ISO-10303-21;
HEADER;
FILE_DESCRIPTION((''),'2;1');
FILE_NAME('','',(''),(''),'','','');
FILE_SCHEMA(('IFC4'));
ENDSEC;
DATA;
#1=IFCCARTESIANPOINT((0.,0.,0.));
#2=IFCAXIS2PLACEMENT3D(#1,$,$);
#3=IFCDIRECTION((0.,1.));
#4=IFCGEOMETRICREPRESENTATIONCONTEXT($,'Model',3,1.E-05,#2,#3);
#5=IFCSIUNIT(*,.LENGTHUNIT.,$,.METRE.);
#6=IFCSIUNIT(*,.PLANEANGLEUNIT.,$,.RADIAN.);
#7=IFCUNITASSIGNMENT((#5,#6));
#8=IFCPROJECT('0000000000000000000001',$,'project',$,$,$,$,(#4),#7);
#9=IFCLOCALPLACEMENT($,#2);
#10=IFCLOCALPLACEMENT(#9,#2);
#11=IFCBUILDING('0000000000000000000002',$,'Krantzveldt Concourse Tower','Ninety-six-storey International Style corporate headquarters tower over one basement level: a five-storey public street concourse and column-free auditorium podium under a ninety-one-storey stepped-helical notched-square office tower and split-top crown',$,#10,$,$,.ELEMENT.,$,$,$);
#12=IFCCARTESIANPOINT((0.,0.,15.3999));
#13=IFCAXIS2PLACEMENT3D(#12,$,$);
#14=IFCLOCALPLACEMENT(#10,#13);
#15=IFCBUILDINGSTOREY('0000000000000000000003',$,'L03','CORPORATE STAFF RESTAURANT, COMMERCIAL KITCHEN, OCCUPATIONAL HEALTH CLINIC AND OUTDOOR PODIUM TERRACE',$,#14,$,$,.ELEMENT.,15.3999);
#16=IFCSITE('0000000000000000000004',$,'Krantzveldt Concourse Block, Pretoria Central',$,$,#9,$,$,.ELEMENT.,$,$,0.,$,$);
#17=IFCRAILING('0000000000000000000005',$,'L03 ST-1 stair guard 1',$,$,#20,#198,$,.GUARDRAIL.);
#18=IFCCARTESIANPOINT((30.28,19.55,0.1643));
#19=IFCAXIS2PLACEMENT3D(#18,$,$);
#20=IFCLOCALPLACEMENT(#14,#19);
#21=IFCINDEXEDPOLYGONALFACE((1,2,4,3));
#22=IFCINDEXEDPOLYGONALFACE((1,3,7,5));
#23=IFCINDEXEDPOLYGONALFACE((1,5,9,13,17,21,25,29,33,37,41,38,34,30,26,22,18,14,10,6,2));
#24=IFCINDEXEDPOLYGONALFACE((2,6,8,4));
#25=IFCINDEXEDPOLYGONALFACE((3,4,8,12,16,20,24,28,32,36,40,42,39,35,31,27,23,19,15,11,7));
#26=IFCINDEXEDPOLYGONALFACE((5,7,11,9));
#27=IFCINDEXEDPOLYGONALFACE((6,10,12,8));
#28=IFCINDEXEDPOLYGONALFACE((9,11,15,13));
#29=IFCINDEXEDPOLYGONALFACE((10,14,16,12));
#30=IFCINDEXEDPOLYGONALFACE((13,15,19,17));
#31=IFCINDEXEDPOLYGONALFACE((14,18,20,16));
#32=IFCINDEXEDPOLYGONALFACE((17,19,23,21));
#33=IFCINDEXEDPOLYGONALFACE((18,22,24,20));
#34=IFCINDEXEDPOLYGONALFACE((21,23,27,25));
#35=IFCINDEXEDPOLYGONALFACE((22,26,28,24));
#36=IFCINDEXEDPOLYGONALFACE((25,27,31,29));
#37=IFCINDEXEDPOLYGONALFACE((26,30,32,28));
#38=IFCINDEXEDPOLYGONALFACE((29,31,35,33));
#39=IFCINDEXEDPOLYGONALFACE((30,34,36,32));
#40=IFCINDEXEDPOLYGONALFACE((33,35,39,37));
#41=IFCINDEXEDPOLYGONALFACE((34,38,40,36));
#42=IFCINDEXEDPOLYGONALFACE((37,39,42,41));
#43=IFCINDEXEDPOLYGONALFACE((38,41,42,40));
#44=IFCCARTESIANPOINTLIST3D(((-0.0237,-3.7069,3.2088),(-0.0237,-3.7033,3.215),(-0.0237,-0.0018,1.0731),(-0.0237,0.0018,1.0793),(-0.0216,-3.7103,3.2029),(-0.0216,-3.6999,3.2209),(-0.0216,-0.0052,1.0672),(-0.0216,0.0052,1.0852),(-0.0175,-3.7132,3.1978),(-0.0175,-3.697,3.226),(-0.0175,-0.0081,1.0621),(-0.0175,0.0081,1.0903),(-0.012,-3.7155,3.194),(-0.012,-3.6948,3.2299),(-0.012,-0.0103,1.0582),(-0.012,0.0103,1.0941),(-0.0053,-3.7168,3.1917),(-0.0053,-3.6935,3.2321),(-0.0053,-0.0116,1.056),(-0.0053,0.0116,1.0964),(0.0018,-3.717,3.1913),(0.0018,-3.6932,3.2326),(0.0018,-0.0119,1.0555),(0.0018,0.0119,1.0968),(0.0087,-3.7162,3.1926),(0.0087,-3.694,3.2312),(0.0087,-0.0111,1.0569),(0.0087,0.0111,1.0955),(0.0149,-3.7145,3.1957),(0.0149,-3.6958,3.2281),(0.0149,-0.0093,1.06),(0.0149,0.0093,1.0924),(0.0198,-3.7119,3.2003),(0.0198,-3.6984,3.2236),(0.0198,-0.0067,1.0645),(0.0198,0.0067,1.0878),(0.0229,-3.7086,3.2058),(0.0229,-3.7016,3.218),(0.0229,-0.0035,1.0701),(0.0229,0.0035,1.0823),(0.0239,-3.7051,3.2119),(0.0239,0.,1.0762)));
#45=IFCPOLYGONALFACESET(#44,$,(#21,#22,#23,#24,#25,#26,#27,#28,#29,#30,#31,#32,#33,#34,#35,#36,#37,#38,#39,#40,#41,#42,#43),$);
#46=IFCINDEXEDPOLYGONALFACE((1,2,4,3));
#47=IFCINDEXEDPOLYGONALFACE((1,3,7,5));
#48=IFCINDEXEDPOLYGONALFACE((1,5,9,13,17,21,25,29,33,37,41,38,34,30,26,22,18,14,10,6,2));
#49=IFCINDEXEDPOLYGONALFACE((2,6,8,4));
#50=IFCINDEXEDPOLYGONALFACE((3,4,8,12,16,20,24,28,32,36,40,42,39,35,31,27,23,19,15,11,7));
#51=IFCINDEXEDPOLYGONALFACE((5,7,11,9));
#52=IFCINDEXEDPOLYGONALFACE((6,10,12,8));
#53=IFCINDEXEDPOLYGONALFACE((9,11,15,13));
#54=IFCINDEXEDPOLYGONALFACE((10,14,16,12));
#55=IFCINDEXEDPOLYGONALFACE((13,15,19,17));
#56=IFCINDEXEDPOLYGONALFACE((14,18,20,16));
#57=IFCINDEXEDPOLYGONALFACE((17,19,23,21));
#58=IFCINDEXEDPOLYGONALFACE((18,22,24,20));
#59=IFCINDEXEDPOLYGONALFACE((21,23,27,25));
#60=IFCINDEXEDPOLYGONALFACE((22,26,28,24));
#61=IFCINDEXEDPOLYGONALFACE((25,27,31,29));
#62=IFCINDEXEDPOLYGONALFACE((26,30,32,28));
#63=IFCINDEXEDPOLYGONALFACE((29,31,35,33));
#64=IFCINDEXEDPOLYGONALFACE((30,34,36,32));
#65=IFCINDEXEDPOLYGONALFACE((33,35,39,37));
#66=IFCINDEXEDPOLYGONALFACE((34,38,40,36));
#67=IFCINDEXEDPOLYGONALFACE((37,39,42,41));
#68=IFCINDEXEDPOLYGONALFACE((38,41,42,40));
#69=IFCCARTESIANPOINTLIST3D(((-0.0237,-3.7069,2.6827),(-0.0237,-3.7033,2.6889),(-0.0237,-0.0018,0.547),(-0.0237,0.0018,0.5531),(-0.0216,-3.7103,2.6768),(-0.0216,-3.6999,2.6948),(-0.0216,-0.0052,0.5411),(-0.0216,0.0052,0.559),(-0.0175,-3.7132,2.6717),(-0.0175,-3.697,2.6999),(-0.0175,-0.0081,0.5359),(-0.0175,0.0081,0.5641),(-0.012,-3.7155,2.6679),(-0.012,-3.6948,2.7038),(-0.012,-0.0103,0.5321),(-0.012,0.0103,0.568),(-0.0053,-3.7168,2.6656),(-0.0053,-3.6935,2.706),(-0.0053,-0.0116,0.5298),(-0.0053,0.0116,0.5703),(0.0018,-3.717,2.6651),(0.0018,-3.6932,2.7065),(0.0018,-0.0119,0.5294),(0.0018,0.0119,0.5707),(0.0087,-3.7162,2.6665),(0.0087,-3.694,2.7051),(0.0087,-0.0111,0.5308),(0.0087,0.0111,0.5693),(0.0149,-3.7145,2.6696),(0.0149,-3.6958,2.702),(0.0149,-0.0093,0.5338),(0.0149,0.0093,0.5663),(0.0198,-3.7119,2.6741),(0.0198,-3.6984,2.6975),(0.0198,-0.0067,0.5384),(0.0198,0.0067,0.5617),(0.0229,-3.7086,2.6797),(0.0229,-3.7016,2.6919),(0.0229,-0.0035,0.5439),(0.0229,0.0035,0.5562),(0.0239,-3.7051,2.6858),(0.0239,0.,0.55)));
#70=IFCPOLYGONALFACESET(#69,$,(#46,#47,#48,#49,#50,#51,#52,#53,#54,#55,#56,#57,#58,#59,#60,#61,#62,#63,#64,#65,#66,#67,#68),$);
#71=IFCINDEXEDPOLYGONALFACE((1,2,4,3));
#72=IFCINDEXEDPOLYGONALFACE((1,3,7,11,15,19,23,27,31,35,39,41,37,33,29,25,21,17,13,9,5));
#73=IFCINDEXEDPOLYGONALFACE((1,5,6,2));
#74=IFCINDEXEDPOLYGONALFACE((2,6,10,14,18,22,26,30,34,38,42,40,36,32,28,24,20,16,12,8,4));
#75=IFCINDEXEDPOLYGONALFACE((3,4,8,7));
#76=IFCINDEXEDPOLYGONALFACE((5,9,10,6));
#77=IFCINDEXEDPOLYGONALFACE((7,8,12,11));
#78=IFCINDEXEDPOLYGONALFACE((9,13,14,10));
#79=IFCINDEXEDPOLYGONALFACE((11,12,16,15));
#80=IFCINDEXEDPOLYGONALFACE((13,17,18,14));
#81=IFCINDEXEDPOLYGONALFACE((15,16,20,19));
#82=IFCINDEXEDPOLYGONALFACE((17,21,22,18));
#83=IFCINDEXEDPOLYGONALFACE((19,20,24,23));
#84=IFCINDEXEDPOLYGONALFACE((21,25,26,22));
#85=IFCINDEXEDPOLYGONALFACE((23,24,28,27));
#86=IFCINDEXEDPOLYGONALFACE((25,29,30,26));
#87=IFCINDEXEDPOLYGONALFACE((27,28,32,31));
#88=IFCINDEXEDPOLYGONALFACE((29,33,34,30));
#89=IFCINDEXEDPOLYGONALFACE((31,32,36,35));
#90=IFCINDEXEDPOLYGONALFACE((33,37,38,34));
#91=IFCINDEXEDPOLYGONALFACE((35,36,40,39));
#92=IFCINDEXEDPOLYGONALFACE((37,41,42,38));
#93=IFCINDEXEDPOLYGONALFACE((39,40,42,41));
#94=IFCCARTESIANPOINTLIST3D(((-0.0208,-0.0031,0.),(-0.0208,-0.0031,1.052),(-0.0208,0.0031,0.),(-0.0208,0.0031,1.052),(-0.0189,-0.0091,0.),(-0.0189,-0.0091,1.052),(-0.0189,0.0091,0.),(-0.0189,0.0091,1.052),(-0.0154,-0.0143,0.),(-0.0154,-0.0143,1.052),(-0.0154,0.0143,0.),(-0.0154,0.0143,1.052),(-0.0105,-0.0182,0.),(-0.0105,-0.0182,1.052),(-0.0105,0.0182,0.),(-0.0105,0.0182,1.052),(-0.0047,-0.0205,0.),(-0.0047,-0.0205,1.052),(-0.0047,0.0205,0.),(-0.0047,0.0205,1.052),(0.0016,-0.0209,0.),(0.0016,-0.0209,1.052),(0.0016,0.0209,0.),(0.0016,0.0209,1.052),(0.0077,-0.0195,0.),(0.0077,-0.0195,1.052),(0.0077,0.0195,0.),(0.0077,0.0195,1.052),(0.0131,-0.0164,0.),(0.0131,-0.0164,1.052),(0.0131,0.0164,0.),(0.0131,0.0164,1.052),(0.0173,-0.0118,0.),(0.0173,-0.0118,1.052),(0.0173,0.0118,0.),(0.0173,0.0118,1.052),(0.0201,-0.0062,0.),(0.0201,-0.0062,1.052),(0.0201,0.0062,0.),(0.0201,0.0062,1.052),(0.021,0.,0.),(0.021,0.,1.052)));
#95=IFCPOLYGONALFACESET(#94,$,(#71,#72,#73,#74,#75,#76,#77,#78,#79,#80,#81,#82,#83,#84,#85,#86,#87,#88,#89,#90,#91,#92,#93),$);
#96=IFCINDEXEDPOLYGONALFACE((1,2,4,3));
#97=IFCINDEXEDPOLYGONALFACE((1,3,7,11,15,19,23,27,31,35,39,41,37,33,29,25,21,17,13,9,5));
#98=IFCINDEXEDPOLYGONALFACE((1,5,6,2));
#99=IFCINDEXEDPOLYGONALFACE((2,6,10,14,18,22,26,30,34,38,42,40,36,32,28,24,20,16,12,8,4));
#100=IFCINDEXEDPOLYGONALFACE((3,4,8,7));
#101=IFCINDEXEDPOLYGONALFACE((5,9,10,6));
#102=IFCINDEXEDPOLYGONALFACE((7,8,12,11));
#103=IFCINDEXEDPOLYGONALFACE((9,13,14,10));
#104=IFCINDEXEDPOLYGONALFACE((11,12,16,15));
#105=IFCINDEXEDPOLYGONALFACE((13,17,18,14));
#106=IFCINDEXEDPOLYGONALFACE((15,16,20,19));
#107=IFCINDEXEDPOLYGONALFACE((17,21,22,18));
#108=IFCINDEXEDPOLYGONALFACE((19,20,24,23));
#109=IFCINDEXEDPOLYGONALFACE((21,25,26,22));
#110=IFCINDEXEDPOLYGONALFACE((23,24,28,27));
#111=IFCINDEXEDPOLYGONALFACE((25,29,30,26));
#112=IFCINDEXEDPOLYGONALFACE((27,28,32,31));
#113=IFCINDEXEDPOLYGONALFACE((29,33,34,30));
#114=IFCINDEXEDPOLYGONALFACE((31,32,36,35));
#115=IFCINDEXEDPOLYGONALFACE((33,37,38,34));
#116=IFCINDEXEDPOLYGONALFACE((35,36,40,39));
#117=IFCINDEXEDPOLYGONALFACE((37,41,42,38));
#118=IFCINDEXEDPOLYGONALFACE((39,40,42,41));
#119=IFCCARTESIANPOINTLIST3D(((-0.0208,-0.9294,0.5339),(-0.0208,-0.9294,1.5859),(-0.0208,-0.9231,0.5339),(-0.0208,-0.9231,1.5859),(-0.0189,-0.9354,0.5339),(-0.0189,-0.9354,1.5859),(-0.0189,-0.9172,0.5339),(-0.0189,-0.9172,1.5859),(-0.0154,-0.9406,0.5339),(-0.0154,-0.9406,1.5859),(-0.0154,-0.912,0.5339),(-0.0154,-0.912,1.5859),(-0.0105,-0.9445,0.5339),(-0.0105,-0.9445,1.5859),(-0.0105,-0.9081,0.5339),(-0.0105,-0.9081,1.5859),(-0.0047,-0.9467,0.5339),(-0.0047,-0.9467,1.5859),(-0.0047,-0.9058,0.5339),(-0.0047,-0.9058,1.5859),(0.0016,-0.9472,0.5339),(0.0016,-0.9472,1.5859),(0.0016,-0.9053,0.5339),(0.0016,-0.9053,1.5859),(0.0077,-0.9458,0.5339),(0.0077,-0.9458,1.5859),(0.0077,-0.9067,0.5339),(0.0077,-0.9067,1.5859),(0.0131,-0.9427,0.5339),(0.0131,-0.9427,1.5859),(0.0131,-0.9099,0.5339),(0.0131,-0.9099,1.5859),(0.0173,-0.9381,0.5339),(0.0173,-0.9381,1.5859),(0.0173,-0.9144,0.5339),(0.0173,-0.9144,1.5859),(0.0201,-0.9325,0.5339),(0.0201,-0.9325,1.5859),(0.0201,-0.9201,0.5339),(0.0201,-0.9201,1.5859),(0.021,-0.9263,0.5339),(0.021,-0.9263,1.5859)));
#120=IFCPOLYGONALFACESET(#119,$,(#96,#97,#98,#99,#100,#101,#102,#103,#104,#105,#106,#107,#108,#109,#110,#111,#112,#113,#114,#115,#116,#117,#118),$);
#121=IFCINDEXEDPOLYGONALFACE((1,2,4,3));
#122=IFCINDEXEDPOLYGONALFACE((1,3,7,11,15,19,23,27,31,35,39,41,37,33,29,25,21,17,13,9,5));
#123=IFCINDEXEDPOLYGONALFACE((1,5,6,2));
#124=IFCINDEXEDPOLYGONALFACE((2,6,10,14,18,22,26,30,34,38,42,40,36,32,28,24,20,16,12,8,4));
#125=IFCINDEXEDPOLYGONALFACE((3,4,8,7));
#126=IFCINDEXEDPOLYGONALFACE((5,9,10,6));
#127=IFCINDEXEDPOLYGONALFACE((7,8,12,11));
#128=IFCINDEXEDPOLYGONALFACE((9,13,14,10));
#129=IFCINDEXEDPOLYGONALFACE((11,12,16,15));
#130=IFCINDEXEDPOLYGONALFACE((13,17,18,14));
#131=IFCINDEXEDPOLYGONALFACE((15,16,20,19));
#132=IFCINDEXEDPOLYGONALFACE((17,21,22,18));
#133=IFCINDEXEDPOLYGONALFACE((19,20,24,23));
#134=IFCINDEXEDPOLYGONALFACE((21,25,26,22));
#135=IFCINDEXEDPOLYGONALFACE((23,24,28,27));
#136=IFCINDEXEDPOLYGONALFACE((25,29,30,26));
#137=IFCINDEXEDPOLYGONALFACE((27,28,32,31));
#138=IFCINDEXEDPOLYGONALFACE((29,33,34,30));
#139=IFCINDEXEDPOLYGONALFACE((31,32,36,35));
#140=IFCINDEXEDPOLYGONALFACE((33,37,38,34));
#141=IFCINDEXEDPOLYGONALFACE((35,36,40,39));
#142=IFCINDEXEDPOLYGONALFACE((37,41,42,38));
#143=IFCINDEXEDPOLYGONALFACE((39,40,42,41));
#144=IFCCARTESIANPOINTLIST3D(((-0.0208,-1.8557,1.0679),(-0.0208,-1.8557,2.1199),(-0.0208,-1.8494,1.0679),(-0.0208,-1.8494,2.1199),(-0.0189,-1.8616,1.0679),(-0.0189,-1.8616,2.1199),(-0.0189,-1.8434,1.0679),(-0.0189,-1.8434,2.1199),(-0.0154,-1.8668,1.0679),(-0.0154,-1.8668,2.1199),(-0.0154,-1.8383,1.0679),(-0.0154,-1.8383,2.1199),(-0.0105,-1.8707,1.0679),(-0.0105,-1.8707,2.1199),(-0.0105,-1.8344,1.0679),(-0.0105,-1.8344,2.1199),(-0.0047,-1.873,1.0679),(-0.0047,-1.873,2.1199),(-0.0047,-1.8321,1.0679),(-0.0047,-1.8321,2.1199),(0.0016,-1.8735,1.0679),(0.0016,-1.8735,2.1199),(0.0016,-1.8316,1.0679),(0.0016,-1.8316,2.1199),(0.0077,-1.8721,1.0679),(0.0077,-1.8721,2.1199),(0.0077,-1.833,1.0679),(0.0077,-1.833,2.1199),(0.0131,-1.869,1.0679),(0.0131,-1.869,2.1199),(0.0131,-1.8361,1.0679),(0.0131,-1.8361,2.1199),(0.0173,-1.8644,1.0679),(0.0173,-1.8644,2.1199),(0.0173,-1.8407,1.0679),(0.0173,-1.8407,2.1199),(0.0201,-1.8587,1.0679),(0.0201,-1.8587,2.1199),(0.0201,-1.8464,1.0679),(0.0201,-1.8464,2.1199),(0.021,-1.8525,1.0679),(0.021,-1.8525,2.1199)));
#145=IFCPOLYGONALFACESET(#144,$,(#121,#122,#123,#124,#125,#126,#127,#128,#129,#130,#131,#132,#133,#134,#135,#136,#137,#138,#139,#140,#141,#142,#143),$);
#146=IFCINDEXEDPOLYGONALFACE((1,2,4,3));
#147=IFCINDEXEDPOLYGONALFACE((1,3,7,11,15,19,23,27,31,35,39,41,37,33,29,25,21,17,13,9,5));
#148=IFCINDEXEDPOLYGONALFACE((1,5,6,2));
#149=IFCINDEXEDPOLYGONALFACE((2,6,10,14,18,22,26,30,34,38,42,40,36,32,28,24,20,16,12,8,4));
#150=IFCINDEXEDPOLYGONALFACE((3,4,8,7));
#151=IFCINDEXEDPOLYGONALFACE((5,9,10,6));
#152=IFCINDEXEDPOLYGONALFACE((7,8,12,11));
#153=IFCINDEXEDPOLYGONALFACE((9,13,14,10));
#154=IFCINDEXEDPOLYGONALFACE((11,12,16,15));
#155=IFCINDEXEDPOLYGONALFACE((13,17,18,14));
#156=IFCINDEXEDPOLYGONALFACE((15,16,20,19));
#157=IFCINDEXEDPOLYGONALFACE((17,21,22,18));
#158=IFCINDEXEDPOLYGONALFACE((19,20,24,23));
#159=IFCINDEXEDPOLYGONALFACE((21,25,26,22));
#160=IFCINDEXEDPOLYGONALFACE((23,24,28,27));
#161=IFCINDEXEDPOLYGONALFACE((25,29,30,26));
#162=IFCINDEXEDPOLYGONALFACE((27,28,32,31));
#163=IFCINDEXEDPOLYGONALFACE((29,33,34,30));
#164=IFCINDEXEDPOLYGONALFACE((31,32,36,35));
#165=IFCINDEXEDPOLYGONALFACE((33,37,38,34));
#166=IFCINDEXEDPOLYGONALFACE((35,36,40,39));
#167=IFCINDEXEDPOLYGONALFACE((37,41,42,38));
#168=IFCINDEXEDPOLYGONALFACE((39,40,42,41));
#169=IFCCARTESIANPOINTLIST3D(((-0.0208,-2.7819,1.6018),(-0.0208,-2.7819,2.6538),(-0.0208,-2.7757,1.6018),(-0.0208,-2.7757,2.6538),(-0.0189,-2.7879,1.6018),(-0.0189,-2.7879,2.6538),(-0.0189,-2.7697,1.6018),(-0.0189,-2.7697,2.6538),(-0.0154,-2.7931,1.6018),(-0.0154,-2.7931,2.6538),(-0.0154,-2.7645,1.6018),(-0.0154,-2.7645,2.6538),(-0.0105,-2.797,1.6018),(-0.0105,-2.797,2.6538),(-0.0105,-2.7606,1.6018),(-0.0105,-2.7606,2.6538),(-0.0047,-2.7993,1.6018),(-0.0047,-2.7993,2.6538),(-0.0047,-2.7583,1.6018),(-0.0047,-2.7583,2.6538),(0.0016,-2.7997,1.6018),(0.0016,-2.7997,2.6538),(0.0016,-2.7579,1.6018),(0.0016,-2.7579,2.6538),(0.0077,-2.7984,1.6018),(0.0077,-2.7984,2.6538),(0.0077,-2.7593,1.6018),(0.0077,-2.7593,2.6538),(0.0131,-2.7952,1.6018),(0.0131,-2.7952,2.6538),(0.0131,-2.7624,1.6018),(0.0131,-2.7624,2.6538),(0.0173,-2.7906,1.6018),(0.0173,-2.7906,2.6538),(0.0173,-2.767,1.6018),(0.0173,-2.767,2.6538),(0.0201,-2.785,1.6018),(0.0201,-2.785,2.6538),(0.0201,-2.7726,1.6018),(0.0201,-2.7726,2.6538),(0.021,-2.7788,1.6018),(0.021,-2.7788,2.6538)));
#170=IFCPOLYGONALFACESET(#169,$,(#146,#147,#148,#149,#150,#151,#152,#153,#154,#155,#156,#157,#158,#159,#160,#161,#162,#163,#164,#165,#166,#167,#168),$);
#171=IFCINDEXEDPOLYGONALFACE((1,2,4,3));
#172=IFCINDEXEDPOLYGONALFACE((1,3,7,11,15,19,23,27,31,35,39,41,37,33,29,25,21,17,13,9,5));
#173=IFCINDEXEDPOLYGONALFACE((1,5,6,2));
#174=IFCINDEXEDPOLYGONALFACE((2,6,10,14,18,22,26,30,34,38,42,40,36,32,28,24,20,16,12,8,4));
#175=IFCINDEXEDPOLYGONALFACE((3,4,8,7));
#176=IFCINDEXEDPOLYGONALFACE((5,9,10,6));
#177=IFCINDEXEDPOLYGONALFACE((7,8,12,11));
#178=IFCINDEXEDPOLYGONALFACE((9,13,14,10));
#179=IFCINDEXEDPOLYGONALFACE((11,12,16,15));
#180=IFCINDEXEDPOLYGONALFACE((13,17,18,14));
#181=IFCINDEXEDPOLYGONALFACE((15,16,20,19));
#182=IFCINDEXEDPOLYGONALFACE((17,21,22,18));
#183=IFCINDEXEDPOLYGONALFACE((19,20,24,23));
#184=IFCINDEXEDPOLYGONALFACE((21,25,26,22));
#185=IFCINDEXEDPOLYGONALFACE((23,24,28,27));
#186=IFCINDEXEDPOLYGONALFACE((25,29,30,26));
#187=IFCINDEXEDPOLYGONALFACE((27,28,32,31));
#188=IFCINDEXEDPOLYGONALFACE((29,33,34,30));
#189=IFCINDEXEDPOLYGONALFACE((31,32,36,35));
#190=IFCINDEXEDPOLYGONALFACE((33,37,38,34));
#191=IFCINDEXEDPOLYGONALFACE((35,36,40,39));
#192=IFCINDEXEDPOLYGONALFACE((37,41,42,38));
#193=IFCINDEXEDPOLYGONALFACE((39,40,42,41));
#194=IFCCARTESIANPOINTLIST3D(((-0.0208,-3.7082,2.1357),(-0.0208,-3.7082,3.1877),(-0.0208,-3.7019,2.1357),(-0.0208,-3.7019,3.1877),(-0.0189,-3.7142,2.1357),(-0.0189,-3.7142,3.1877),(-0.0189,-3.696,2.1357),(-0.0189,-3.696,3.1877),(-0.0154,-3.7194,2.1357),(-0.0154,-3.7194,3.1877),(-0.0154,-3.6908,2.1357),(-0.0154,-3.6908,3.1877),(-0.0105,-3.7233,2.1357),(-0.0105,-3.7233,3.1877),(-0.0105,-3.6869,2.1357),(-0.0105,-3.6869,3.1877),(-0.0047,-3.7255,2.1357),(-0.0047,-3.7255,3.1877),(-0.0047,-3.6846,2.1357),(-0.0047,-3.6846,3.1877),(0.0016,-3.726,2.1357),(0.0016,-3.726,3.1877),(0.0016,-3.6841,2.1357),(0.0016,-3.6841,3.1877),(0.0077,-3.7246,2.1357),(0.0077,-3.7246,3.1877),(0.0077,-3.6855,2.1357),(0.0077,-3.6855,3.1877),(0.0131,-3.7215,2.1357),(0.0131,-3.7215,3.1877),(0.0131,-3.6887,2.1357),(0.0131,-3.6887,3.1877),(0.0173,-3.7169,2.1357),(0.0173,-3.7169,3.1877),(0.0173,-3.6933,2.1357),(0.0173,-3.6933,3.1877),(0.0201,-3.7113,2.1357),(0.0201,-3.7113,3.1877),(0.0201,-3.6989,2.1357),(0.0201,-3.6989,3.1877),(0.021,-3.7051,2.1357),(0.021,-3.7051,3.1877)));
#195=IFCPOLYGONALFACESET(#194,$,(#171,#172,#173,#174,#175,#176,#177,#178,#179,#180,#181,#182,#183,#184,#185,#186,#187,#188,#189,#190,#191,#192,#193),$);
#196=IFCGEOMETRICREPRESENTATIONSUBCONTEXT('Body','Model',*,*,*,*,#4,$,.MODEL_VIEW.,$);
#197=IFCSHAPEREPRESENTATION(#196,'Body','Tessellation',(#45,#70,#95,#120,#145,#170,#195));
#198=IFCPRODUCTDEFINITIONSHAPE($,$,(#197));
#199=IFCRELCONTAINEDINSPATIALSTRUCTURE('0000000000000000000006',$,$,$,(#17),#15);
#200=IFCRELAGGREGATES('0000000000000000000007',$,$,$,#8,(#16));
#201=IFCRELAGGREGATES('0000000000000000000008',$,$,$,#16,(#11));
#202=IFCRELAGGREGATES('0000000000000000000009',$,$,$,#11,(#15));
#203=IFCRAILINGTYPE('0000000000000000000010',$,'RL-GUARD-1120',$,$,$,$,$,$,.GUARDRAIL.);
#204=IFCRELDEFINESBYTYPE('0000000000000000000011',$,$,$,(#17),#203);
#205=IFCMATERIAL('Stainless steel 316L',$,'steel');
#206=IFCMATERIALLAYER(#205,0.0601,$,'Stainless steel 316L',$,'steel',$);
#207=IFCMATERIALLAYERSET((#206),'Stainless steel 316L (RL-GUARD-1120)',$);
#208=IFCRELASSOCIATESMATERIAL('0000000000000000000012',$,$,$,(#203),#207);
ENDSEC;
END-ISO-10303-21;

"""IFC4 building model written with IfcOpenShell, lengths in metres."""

from ifc_helpers import new_model, si_unit, direction, frame, origin, origin_2d, place, context, subcontext, project, spatial, circle, extrude, material, layer, layer_set, type_object, element, save


model = new_model("IFC4")

# Units and contexts
model_context = context("Model", 3, precision=1e-05, world=origin(), true_north=direction((0.0, 1.0)))
body_context = subcontext(model_context, "Body", "Model", "MODEL_VIEW")
ifc_project = project(units=[si_unit("LENGTHUNIT", "METRE"), si_unit("PLANEANGLEUNIT", "RADIAN")], contexts=[model_context])

# Site, building, storey
site_placement = place(None, origin())
site = spatial("IfcSite", under=ifc_project, at=site_placement, Name="Krantzveldt Concourse Block, Pretoria Central", CompositionType="ELEMENT", RefElevation=0.0)
building_placement = place(site_placement, origin())
building = spatial("IfcBuilding", under=site, at=building_placement, Name="Krantzveldt Concourse Tower", Description="Ninety-six-storey International Style corporate headquarters tower over one basement level: a five-storey public street concourse and column-free auditorium podium under a ninety-one-storey stepped-helical notched-square office tower and split-top crown", CompositionType="ELEMENT")
storey_placement = place(building_placement, frame((0.0, 0.0, 15.3999)))
storey = spatial("IfcBuildingStorey", under=building, at=storey_placement, Name="L03", Description="CORPORATE STAFF RESTAURANT, COMMERCIAL KITCHEN, OCCUPATIONAL HEALTH CLINIC AND OUTDOOR PODIUM TERRACE", CompositionType="ELEMENT", Elevation=15.3999)

# Shared definitions
ifc_material_1 = material(Name="Stainless steel 316L", Category="steel")

# Railing
ifc_layer_1 = layer(ifc_material_1, 0.0601, Name="Stainless steel 316L", Category="steel")
ifc_layer_set_1 = layer_set([ifc_layer_1], Name="Stainless steel 316L (RL-GUARD-1120)")
railing_type_1 = type_object("IfcRailingType", Name="RL-GUARD-1120", PredefinedType="GUARDRAIL", material=ifc_layer_set_1)
railing_1_placement = place(storey_placement, frame((30.28, 19.55, 0.1643)))
element("IfcRailing", 1, at=railing_1_placement, inside=storey, type_object=railing_type_1, Name="L03 ST-1 stair guard 1", PredefinedType="GUARDRAIL", context=body_context, shape_type="SweptSolid", body=[
    extrude(circle(Radius=0.0239, at=origin_2d()), frame((0.0, 0.0, 1.0762), z_axis=(0.0, -0.866368, 0.499406), x_axis=(1.0, 0.0, 0.0)), (0.0, 0.0, 1.0), 4.2766),
    extrude(circle(Radius=0.0239, at=origin_2d()), frame((0.0, 0.0, 0.55), z_axis=(0.0, -0.866368, 0.499406), x_axis=(1.0, 0.0, 0.0)), (0.0, 0.0, 1.0), 4.2766),
    extrude(circle(Radius=0.021, at=origin_2d()), origin(), (0.0, 0.0, 1.0), 1.052),
    extrude(circle(Radius=0.021, at=origin_2d()), frame((0.0, -0.9263, 0.5339)), (0.0, 0.0, 1.0), 1.052),
    extrude(circle(Radius=0.021, at=origin_2d()), frame((0.0, -1.8525, 1.0679)), (0.0, 0.0, 1.0), 1.052),
    extrude(circle(Radius=0.021, at=origin_2d()), frame((0.0, -2.7788, 1.6018)), (0.0, 0.0, 1.0), 1.052),
    extrude(circle(Radius=0.021, at=origin_2d()), frame((0.0, -3.7051, 2.1357)), (0.0, 0.0, 1.0), 1.052),
])

save(model, "model.ifc")
